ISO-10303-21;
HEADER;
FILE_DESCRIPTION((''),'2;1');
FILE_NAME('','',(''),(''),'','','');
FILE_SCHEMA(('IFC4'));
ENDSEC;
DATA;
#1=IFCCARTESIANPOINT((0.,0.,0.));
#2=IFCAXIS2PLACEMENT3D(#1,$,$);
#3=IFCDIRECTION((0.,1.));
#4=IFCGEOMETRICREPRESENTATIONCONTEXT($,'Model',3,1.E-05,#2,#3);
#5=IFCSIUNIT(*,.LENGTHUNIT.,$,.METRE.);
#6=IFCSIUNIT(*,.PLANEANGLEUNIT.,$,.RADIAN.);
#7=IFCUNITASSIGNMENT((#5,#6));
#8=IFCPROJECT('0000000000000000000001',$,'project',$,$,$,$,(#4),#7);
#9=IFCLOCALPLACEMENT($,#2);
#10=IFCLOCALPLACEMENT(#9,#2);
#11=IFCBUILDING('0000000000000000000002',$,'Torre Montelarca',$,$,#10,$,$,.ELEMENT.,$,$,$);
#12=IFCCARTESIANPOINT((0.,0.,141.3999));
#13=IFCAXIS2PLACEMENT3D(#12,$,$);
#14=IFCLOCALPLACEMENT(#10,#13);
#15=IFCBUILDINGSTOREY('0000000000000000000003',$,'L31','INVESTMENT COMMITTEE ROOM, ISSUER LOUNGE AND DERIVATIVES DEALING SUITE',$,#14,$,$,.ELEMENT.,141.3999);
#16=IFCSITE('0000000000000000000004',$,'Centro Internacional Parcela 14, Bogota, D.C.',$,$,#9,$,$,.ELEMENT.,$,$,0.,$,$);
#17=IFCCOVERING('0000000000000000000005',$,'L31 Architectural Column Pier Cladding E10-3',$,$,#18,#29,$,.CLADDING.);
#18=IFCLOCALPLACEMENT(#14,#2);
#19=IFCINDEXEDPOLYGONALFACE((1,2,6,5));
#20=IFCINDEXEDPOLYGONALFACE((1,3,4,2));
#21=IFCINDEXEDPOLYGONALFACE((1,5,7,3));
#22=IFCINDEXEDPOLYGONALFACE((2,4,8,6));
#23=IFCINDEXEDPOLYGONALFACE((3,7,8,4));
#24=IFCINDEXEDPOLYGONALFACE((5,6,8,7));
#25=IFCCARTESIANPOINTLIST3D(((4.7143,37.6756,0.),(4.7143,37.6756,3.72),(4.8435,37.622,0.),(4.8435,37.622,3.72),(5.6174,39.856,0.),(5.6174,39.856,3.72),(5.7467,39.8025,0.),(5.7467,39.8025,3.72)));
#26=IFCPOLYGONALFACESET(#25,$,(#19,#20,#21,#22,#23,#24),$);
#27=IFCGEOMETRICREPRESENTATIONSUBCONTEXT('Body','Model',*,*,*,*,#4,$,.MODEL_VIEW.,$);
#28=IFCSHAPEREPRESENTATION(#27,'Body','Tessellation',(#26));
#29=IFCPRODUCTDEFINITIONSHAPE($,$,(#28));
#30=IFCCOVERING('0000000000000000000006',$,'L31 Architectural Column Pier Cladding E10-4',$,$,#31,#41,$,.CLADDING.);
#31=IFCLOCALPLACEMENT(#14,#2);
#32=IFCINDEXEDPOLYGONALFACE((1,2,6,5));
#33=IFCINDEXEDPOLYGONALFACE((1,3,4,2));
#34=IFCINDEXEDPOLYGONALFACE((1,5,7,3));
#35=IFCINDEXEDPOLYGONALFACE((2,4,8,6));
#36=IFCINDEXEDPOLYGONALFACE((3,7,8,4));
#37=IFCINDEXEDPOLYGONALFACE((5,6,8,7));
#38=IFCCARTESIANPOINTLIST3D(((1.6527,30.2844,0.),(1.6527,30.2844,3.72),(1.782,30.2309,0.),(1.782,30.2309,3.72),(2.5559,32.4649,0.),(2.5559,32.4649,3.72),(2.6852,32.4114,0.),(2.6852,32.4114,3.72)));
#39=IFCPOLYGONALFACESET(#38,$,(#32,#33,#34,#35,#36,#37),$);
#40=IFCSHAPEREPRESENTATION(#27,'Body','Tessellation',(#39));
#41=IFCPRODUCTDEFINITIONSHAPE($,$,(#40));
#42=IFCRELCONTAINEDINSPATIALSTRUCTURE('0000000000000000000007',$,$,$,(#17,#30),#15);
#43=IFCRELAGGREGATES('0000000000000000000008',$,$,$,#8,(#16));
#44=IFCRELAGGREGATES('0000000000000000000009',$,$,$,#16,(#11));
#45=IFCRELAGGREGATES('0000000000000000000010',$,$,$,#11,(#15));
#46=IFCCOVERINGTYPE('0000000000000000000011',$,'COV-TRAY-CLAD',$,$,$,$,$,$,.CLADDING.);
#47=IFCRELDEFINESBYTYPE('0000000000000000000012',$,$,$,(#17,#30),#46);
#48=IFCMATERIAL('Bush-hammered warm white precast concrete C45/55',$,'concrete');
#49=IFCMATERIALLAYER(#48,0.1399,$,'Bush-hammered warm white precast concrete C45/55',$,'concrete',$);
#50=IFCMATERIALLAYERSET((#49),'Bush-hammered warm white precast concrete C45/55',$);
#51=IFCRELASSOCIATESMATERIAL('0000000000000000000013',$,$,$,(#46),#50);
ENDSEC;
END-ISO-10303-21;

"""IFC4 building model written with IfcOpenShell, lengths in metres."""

from ifc_helpers import new_model, si_unit, direction, frame, origin, origin_2d, place, context, subcontext, project, spatial, rectangle, extrude, source, transform, mapped, material, layer, layer_set, type_object, element, save


model = new_model("IFC4")

# Units and contexts
model_context = context("Model", 3, precision=1e-05, world=origin(), true_north=direction((0.0, 1.0)))
body_context = subcontext(model_context, "Body", "Model", "MODEL_VIEW")
ifc_project = project(units=[si_unit("LENGTHUNIT", "METRE"), si_unit("PLANEANGLEUNIT", "RADIAN")], contexts=[model_context])

# Site, building, storey
site_placement = place(None, origin())
site = spatial("IfcSite", under=ifc_project, at=site_placement, Name="Centro Internacional Parcela 14, Bogota, D.C.", CompositionType="ELEMENT", RefElevation=0.0)
building_placement = place(site_placement, origin())
building = spatial("IfcBuilding", under=site, at=building_placement, Name="Torre Montelarca", CompositionType="ELEMENT")
storey_placement = place(building_placement, frame((0.0, 0.0, 141.3999)))
storey = spatial("IfcBuildingStorey", under=building, at=storey_placement, Name="L31", Description="INVESTMENT COMMITTEE ROOM, ISSUER LOUNGE AND DERIVATIVES DEALING SUITE", CompositionType="ELEMENT", Elevation=141.3999)

# Coverings
ifc_material_1 = material(Name="Bush-hammered warm white precast concrete C45/55", Category="concrete")
ifc_layer_1 = layer(ifc_material_1, 0.1399, Name="Bush-hammered warm white precast concrete C45/55", Category="concrete")
ifc_layer_set_1 = layer_set([ifc_layer_1], Name="Bush-hammered warm white precast concrete C45/55")
covering_type = type_object("IfcCoveringType", Name="COV-TRAY-CLAD", PredefinedType="CLADDING", material=ifc_layer_set_1)
shared_shape_1 = source(origin(), body_context, "Body", "SweptSolid", [
    extrude(rectangle(XDim=2.3601, YDim=0.1399, at=origin_2d()), origin(), (0.0, 0.0, 1.0), 3.72),
])
for number, where, z_axis, x_axis, name in (
    (1, (5.2305, 38.739, 0.0), (0.0, 0.0, 1.0), (-0.38268, -0.923881, 0.0), "L31 Architectural Column Pier Cladding E10-3"),
    (2, (2.1689, 31.3479, 0.0), (0.0, 0.0, 1.0), (-0.38268, -0.923881, 0.0), "L31 Architectural Column Pier Cladding E10-4"),
):
    element("IfcCovering", number, at=place(storey_placement, frame(where, z_axis=z_axis, x_axis=x_axis)), inside=storey, type_object=covering_type, Name=name, PredefinedType="CLADDING", context=body_context, shape_type="MappedRepresentation", body=[
        mapped(shared_shape_1, transform((0.0, 0.0, 0.0), scale=1.0)),
    ])

save(model, "model.ifc")
